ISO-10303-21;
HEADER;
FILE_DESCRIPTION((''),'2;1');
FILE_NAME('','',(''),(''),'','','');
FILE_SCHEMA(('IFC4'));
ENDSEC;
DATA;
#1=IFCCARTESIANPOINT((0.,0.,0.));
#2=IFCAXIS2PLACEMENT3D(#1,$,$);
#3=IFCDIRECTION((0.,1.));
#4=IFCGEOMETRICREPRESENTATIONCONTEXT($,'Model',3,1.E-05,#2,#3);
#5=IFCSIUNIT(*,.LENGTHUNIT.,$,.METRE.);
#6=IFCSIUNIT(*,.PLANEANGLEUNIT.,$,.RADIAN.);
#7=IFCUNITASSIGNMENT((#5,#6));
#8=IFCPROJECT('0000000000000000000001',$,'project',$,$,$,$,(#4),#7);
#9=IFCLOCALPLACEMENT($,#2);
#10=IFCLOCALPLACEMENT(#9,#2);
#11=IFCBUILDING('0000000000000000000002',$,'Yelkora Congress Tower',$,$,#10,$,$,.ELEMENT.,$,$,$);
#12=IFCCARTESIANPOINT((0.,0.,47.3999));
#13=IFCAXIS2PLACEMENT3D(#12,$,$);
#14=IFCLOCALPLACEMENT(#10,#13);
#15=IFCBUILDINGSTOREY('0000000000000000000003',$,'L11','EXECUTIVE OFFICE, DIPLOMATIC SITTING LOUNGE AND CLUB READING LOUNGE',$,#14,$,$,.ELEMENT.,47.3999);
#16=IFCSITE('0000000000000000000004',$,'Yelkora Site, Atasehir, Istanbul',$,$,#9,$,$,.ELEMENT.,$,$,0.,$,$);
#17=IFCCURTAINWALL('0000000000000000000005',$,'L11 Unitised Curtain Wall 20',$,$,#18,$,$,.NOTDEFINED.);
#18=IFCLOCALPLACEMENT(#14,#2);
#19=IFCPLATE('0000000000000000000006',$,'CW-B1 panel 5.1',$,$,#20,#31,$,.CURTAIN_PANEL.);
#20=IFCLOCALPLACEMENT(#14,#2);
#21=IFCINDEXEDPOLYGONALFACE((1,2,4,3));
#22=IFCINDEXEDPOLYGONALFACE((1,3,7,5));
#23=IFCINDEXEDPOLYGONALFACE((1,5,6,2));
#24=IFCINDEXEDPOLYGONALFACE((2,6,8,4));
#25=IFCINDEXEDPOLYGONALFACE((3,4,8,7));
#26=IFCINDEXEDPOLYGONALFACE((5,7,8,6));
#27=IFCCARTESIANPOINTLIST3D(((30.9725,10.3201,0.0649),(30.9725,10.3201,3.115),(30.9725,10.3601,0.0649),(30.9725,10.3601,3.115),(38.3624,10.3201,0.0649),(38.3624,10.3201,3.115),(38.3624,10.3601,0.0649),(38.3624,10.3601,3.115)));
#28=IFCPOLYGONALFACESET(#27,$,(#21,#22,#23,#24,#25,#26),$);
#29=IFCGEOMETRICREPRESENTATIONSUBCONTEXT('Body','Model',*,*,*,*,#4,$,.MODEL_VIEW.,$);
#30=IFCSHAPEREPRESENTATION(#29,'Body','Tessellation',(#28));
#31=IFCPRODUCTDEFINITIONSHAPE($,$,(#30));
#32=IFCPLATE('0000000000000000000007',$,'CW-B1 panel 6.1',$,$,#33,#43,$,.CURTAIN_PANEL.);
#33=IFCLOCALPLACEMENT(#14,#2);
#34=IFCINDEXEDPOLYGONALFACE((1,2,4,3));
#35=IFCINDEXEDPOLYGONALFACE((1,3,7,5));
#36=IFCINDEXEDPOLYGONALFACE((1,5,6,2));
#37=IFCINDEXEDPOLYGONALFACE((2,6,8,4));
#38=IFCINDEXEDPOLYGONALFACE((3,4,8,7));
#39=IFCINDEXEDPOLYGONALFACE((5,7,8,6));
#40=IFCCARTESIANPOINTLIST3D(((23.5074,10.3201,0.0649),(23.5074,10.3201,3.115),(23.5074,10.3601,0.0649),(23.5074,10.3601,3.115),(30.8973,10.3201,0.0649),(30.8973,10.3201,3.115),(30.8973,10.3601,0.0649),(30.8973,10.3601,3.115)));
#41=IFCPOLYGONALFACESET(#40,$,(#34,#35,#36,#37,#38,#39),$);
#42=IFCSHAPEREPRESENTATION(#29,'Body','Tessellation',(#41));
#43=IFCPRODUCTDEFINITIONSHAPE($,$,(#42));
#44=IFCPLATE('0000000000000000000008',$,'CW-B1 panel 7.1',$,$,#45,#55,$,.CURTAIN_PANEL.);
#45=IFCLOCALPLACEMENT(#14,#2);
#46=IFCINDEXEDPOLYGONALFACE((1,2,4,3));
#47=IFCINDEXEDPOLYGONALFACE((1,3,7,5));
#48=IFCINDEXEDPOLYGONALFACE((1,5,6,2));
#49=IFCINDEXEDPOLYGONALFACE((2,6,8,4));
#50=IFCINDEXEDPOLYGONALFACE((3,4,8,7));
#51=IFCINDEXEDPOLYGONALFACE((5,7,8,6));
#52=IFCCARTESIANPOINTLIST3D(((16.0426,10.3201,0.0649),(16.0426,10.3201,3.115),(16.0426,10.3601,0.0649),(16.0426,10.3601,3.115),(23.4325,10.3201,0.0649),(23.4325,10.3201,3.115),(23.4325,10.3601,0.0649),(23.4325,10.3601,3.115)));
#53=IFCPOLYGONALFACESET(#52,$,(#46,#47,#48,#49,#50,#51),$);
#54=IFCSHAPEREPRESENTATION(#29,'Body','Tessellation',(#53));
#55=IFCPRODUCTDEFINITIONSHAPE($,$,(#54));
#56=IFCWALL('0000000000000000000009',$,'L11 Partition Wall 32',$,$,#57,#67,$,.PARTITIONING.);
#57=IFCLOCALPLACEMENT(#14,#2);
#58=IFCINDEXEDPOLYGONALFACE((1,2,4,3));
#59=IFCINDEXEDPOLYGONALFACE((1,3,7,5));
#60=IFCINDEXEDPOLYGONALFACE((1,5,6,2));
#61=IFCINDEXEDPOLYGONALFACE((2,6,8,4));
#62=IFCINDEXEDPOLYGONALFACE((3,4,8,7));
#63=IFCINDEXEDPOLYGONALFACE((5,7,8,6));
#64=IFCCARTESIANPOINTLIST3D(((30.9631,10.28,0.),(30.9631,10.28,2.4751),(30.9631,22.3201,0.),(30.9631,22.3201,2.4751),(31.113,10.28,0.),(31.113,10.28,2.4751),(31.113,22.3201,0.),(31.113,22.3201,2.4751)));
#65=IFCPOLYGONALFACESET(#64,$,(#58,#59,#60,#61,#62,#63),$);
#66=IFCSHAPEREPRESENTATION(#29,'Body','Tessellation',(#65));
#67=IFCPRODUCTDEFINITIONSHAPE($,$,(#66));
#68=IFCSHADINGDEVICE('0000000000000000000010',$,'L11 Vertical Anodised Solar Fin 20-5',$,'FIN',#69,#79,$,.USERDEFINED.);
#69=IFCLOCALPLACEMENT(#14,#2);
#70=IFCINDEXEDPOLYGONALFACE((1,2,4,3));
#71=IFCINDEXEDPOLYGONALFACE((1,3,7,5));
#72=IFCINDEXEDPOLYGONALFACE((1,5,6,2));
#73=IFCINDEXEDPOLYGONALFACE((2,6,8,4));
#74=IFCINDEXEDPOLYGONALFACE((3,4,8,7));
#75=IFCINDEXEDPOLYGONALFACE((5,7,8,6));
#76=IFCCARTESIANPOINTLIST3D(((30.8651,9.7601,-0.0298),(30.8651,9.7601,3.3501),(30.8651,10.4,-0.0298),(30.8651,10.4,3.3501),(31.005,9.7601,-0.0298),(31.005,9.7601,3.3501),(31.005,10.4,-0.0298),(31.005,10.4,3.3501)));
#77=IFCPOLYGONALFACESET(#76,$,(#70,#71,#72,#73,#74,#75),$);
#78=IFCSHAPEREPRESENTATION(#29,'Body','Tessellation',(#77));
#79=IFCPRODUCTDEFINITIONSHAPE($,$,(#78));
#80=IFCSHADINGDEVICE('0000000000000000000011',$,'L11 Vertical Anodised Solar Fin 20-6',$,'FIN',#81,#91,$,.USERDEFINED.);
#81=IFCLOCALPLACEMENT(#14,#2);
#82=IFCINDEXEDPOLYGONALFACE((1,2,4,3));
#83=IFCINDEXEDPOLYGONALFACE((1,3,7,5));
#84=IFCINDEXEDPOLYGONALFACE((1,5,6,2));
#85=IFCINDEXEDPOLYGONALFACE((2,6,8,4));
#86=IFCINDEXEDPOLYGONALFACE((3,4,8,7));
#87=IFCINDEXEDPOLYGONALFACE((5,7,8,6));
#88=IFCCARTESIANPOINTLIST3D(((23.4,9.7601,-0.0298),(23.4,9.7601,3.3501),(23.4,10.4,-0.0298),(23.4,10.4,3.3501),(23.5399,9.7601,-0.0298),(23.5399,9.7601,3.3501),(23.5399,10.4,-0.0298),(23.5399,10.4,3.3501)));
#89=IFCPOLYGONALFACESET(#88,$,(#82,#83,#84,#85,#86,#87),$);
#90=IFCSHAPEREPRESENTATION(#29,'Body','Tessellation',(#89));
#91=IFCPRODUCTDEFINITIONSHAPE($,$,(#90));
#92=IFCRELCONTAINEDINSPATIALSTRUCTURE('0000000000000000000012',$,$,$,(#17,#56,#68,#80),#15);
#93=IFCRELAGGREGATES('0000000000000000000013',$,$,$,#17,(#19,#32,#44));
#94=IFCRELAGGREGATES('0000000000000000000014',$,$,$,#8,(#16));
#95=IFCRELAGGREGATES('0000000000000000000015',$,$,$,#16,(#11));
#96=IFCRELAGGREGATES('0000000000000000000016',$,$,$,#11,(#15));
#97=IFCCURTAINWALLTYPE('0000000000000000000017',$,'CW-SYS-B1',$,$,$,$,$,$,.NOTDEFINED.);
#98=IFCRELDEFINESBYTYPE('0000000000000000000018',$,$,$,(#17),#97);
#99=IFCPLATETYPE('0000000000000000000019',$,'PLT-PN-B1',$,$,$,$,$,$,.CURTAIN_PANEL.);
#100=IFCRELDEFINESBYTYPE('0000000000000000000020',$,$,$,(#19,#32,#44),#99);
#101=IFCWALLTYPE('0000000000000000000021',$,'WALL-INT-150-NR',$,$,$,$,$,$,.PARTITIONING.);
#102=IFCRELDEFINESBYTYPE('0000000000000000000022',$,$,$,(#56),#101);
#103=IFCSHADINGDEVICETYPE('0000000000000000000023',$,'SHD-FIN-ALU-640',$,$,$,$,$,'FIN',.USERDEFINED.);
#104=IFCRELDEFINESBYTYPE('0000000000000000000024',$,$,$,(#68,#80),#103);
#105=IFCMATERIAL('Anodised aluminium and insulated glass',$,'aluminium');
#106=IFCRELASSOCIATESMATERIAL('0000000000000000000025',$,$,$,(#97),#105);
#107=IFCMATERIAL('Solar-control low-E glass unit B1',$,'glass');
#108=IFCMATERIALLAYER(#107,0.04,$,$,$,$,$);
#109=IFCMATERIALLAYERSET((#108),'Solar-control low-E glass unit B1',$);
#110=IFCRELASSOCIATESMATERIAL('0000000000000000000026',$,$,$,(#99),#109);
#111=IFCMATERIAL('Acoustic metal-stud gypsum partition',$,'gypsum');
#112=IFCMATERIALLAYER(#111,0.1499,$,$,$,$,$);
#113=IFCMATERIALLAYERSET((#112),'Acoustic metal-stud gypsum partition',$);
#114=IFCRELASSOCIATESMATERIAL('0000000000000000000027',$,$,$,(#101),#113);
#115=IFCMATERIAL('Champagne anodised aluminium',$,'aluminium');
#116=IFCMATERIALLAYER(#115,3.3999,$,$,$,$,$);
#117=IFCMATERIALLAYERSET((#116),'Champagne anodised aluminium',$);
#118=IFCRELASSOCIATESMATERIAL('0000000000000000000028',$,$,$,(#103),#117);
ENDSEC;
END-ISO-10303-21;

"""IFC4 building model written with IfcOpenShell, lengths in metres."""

from ifc_helpers import new_model, si_unit, direction, frame, frame_2d, origin, origin_2d, place, context, subcontext, project, spatial, rectangle, extrude, material, layer, layer_set, type_object, element, aggregate, save


model = new_model("IFC4")

# Units and contexts
model_context = context("Model", 3, precision=1e-05, world=origin(), true_north=direction((0.0, 1.0)))
body_context = subcontext(model_context, "Body", "Model", "MODEL_VIEW")
ifc_project = project(units=[si_unit("LENGTHUNIT", "METRE"), si_unit("PLANEANGLEUNIT", "RADIAN")], contexts=[model_context])

# Site, building, storey
site_placement = place(None, origin())
site = spatial("IfcSite", under=ifc_project, at=site_placement, Name="Yelkora Site, Atasehir, Istanbul", CompositionType="ELEMENT", RefElevation=0.0)
building_placement = place(site_placement, origin())
building = spatial("IfcBuilding", under=site, at=building_placement, Name="Yelkora Congress Tower", CompositionType="ELEMENT")
storey_placement = place(building_placement, frame((0.0, 0.0, 47.3999)))
storey = spatial("IfcBuildingStorey", under=building, at=storey_placement, Name="L11", Description="EXECUTIVE OFFICE, DIPLOMATIC SITTING LOUNGE AND CLUB READING LOUNGE", CompositionType="ELEMENT", Elevation=47.3999)

# Curtain wall, plates
ifc_material_1 = material(Name="Anodised aluminium and insulated glass", Category="aluminium")
curtain_wall_type = type_object("IfcCurtainWallType", Name="CW-SYS-B1", PredefinedType="NOTDEFINED", material=ifc_material_1)
curtain_wall_placement = place(storey_placement, origin())
curtain_wall = element("IfcCurtainWall", 1, at=curtain_wall_placement, inside=storey, type_object=curtain_wall_type, Name="L11 Unitised Curtain Wall 20", PredefinedType="NOTDEFINED")
ifc_material_2 = material(Name="Solar-control low-E glass unit B1", Category="glass")
ifc_layer_1 = layer(ifc_material_2, 0.04)
ifc_layer_set_1 = layer_set([ifc_layer_1], Name="Solar-control low-E glass unit B1")
plate_type = type_object("IfcPlateType", Name="PLT-PN-B1", PredefinedType="CURTAIN_PANEL", material=ifc_layer_set_1)
plate_1_placement = place(storey_placement, frame((34.6675, 10.3401, 0.0649), z_axis=(0.0, 0.0, 1.0), x_axis=(-1.0, 0.0, 0.0)))
plate_1 = element("IfcPlate", 2, at=plate_1_placement, type_object=plate_type, Name="CW-B1 panel 5.1", PredefinedType="CURTAIN_PANEL", context=body_context, shape_type="SweptSolid", body=[
    extrude(rectangle(XDim=7.3899, YDim=0.04, at=origin_2d()), origin(), (0.0, 0.0, 1.0), 3.05),
])
plate_2_placement = place(storey_placement, frame((27.2024, 10.3401, 0.0649), z_axis=(0.0, 0.0, 1.0), x_axis=(-1.0, 0.0, 0.0)))
plate_2 = element("IfcPlate", 3, at=plate_2_placement, type_object=plate_type, Name="CW-B1 panel 6.1", PredefinedType="CURTAIN_PANEL", context=body_context, shape_type="SweptSolid", body=[
    extrude(rectangle(XDim=7.3899, YDim=0.04, at=origin_2d()), origin(), (0.0, 0.0, 1.0), 3.05),
])
plate_3_placement = place(storey_placement, frame((19.7375, 10.3401, 0.0649), z_axis=(0.0, 0.0, 1.0), x_axis=(-1.0, 0.0, 0.0)))
plate_3 = element("IfcPlate", 4, at=plate_3_placement, type_object=plate_type, Name="CW-B1 panel 7.1", PredefinedType="CURTAIN_PANEL", context=body_context, shape_type="SweptSolid", body=[
    extrude(rectangle(XDim=7.3899, YDim=0.04, at=origin_2d()), origin(), (0.0, 0.0, 1.0), 3.05),
])
aggregate(curtain_wall, [plate_1, plate_2, plate_3])

# Wall
ifc_material_3 = material(Name="Acoustic metal-stud gypsum partition", Category="gypsum")
ifc_layer_2 = layer(ifc_material_3, 0.1499)
ifc_layer_set_2 = layer_set([ifc_layer_2], Name="Acoustic metal-stud gypsum partition")
wall_type = type_object("IfcWallType", Name="WALL-INT-150-NR", PredefinedType="PARTITIONING", material=ifc_layer_set_2)
wall_placement = place(storey_placement, frame((31.0381, 10.28, 0.0), z_axis=(0.0, 0.0, 1.0), x_axis=(0.0, 1.0, 0.0)))
element("IfcWall", 5, at=wall_placement, inside=storey, type_object=wall_type, Name="L11 Partition Wall 32", PredefinedType="PARTITIONING", context=body_context, shape_type="SweptSolid", body=[
    extrude(rectangle(XDim=12.04, YDim=0.1499, at=frame_2d((6.02, 0.0))), origin(), (0.0, 0.0, 1.0), 2.4751),
])

# Shading devices
ifc_material_4 = material(Name="Champagne anodised aluminium", Category="aluminium")
ifc_layer_3 = layer(ifc_material_4, 3.3999)
ifc_layer_set_3 = layer_set([ifc_layer_3], Name="Champagne anodised aluminium")
shading_device_type = type_object("IfcShadingDeviceType", Name="SHD-FIN-ALU-640", ElementType="FIN", PredefinedType="USERDEFINED", material=ifc_layer_set_3)
for number, where, z_axis, x_axis, name in (
    (6, (30.9351, 10.0801, -0.0298), (0.0, 0.0, 1.0), (-1.0, 0.0, 0.0), "L11 Vertical Anodised Solar Fin 20-5"),
    (7, (23.47, 10.0801, -0.0298), (0.0, 0.0, 1.0), (-1.0, 0.0, 0.0), "L11 Vertical Anodised Solar Fin 20-6"),
):
    element("IfcShadingDevice", number, at=place(storey_placement, frame(where, z_axis=z_axis, x_axis=x_axis)), inside=storey, type_object=shading_device_type, Name=name, ObjectType="FIN", PredefinedType="USERDEFINED", context=body_context, shape_type="SweptSolid", body=[
        extrude(rectangle(XDim=0.1399, YDim=0.6399, at=origin_2d()), origin(), (0.0, 0.0, 1.0), 3.3799),
    ])

save(model, "model.ifc")
